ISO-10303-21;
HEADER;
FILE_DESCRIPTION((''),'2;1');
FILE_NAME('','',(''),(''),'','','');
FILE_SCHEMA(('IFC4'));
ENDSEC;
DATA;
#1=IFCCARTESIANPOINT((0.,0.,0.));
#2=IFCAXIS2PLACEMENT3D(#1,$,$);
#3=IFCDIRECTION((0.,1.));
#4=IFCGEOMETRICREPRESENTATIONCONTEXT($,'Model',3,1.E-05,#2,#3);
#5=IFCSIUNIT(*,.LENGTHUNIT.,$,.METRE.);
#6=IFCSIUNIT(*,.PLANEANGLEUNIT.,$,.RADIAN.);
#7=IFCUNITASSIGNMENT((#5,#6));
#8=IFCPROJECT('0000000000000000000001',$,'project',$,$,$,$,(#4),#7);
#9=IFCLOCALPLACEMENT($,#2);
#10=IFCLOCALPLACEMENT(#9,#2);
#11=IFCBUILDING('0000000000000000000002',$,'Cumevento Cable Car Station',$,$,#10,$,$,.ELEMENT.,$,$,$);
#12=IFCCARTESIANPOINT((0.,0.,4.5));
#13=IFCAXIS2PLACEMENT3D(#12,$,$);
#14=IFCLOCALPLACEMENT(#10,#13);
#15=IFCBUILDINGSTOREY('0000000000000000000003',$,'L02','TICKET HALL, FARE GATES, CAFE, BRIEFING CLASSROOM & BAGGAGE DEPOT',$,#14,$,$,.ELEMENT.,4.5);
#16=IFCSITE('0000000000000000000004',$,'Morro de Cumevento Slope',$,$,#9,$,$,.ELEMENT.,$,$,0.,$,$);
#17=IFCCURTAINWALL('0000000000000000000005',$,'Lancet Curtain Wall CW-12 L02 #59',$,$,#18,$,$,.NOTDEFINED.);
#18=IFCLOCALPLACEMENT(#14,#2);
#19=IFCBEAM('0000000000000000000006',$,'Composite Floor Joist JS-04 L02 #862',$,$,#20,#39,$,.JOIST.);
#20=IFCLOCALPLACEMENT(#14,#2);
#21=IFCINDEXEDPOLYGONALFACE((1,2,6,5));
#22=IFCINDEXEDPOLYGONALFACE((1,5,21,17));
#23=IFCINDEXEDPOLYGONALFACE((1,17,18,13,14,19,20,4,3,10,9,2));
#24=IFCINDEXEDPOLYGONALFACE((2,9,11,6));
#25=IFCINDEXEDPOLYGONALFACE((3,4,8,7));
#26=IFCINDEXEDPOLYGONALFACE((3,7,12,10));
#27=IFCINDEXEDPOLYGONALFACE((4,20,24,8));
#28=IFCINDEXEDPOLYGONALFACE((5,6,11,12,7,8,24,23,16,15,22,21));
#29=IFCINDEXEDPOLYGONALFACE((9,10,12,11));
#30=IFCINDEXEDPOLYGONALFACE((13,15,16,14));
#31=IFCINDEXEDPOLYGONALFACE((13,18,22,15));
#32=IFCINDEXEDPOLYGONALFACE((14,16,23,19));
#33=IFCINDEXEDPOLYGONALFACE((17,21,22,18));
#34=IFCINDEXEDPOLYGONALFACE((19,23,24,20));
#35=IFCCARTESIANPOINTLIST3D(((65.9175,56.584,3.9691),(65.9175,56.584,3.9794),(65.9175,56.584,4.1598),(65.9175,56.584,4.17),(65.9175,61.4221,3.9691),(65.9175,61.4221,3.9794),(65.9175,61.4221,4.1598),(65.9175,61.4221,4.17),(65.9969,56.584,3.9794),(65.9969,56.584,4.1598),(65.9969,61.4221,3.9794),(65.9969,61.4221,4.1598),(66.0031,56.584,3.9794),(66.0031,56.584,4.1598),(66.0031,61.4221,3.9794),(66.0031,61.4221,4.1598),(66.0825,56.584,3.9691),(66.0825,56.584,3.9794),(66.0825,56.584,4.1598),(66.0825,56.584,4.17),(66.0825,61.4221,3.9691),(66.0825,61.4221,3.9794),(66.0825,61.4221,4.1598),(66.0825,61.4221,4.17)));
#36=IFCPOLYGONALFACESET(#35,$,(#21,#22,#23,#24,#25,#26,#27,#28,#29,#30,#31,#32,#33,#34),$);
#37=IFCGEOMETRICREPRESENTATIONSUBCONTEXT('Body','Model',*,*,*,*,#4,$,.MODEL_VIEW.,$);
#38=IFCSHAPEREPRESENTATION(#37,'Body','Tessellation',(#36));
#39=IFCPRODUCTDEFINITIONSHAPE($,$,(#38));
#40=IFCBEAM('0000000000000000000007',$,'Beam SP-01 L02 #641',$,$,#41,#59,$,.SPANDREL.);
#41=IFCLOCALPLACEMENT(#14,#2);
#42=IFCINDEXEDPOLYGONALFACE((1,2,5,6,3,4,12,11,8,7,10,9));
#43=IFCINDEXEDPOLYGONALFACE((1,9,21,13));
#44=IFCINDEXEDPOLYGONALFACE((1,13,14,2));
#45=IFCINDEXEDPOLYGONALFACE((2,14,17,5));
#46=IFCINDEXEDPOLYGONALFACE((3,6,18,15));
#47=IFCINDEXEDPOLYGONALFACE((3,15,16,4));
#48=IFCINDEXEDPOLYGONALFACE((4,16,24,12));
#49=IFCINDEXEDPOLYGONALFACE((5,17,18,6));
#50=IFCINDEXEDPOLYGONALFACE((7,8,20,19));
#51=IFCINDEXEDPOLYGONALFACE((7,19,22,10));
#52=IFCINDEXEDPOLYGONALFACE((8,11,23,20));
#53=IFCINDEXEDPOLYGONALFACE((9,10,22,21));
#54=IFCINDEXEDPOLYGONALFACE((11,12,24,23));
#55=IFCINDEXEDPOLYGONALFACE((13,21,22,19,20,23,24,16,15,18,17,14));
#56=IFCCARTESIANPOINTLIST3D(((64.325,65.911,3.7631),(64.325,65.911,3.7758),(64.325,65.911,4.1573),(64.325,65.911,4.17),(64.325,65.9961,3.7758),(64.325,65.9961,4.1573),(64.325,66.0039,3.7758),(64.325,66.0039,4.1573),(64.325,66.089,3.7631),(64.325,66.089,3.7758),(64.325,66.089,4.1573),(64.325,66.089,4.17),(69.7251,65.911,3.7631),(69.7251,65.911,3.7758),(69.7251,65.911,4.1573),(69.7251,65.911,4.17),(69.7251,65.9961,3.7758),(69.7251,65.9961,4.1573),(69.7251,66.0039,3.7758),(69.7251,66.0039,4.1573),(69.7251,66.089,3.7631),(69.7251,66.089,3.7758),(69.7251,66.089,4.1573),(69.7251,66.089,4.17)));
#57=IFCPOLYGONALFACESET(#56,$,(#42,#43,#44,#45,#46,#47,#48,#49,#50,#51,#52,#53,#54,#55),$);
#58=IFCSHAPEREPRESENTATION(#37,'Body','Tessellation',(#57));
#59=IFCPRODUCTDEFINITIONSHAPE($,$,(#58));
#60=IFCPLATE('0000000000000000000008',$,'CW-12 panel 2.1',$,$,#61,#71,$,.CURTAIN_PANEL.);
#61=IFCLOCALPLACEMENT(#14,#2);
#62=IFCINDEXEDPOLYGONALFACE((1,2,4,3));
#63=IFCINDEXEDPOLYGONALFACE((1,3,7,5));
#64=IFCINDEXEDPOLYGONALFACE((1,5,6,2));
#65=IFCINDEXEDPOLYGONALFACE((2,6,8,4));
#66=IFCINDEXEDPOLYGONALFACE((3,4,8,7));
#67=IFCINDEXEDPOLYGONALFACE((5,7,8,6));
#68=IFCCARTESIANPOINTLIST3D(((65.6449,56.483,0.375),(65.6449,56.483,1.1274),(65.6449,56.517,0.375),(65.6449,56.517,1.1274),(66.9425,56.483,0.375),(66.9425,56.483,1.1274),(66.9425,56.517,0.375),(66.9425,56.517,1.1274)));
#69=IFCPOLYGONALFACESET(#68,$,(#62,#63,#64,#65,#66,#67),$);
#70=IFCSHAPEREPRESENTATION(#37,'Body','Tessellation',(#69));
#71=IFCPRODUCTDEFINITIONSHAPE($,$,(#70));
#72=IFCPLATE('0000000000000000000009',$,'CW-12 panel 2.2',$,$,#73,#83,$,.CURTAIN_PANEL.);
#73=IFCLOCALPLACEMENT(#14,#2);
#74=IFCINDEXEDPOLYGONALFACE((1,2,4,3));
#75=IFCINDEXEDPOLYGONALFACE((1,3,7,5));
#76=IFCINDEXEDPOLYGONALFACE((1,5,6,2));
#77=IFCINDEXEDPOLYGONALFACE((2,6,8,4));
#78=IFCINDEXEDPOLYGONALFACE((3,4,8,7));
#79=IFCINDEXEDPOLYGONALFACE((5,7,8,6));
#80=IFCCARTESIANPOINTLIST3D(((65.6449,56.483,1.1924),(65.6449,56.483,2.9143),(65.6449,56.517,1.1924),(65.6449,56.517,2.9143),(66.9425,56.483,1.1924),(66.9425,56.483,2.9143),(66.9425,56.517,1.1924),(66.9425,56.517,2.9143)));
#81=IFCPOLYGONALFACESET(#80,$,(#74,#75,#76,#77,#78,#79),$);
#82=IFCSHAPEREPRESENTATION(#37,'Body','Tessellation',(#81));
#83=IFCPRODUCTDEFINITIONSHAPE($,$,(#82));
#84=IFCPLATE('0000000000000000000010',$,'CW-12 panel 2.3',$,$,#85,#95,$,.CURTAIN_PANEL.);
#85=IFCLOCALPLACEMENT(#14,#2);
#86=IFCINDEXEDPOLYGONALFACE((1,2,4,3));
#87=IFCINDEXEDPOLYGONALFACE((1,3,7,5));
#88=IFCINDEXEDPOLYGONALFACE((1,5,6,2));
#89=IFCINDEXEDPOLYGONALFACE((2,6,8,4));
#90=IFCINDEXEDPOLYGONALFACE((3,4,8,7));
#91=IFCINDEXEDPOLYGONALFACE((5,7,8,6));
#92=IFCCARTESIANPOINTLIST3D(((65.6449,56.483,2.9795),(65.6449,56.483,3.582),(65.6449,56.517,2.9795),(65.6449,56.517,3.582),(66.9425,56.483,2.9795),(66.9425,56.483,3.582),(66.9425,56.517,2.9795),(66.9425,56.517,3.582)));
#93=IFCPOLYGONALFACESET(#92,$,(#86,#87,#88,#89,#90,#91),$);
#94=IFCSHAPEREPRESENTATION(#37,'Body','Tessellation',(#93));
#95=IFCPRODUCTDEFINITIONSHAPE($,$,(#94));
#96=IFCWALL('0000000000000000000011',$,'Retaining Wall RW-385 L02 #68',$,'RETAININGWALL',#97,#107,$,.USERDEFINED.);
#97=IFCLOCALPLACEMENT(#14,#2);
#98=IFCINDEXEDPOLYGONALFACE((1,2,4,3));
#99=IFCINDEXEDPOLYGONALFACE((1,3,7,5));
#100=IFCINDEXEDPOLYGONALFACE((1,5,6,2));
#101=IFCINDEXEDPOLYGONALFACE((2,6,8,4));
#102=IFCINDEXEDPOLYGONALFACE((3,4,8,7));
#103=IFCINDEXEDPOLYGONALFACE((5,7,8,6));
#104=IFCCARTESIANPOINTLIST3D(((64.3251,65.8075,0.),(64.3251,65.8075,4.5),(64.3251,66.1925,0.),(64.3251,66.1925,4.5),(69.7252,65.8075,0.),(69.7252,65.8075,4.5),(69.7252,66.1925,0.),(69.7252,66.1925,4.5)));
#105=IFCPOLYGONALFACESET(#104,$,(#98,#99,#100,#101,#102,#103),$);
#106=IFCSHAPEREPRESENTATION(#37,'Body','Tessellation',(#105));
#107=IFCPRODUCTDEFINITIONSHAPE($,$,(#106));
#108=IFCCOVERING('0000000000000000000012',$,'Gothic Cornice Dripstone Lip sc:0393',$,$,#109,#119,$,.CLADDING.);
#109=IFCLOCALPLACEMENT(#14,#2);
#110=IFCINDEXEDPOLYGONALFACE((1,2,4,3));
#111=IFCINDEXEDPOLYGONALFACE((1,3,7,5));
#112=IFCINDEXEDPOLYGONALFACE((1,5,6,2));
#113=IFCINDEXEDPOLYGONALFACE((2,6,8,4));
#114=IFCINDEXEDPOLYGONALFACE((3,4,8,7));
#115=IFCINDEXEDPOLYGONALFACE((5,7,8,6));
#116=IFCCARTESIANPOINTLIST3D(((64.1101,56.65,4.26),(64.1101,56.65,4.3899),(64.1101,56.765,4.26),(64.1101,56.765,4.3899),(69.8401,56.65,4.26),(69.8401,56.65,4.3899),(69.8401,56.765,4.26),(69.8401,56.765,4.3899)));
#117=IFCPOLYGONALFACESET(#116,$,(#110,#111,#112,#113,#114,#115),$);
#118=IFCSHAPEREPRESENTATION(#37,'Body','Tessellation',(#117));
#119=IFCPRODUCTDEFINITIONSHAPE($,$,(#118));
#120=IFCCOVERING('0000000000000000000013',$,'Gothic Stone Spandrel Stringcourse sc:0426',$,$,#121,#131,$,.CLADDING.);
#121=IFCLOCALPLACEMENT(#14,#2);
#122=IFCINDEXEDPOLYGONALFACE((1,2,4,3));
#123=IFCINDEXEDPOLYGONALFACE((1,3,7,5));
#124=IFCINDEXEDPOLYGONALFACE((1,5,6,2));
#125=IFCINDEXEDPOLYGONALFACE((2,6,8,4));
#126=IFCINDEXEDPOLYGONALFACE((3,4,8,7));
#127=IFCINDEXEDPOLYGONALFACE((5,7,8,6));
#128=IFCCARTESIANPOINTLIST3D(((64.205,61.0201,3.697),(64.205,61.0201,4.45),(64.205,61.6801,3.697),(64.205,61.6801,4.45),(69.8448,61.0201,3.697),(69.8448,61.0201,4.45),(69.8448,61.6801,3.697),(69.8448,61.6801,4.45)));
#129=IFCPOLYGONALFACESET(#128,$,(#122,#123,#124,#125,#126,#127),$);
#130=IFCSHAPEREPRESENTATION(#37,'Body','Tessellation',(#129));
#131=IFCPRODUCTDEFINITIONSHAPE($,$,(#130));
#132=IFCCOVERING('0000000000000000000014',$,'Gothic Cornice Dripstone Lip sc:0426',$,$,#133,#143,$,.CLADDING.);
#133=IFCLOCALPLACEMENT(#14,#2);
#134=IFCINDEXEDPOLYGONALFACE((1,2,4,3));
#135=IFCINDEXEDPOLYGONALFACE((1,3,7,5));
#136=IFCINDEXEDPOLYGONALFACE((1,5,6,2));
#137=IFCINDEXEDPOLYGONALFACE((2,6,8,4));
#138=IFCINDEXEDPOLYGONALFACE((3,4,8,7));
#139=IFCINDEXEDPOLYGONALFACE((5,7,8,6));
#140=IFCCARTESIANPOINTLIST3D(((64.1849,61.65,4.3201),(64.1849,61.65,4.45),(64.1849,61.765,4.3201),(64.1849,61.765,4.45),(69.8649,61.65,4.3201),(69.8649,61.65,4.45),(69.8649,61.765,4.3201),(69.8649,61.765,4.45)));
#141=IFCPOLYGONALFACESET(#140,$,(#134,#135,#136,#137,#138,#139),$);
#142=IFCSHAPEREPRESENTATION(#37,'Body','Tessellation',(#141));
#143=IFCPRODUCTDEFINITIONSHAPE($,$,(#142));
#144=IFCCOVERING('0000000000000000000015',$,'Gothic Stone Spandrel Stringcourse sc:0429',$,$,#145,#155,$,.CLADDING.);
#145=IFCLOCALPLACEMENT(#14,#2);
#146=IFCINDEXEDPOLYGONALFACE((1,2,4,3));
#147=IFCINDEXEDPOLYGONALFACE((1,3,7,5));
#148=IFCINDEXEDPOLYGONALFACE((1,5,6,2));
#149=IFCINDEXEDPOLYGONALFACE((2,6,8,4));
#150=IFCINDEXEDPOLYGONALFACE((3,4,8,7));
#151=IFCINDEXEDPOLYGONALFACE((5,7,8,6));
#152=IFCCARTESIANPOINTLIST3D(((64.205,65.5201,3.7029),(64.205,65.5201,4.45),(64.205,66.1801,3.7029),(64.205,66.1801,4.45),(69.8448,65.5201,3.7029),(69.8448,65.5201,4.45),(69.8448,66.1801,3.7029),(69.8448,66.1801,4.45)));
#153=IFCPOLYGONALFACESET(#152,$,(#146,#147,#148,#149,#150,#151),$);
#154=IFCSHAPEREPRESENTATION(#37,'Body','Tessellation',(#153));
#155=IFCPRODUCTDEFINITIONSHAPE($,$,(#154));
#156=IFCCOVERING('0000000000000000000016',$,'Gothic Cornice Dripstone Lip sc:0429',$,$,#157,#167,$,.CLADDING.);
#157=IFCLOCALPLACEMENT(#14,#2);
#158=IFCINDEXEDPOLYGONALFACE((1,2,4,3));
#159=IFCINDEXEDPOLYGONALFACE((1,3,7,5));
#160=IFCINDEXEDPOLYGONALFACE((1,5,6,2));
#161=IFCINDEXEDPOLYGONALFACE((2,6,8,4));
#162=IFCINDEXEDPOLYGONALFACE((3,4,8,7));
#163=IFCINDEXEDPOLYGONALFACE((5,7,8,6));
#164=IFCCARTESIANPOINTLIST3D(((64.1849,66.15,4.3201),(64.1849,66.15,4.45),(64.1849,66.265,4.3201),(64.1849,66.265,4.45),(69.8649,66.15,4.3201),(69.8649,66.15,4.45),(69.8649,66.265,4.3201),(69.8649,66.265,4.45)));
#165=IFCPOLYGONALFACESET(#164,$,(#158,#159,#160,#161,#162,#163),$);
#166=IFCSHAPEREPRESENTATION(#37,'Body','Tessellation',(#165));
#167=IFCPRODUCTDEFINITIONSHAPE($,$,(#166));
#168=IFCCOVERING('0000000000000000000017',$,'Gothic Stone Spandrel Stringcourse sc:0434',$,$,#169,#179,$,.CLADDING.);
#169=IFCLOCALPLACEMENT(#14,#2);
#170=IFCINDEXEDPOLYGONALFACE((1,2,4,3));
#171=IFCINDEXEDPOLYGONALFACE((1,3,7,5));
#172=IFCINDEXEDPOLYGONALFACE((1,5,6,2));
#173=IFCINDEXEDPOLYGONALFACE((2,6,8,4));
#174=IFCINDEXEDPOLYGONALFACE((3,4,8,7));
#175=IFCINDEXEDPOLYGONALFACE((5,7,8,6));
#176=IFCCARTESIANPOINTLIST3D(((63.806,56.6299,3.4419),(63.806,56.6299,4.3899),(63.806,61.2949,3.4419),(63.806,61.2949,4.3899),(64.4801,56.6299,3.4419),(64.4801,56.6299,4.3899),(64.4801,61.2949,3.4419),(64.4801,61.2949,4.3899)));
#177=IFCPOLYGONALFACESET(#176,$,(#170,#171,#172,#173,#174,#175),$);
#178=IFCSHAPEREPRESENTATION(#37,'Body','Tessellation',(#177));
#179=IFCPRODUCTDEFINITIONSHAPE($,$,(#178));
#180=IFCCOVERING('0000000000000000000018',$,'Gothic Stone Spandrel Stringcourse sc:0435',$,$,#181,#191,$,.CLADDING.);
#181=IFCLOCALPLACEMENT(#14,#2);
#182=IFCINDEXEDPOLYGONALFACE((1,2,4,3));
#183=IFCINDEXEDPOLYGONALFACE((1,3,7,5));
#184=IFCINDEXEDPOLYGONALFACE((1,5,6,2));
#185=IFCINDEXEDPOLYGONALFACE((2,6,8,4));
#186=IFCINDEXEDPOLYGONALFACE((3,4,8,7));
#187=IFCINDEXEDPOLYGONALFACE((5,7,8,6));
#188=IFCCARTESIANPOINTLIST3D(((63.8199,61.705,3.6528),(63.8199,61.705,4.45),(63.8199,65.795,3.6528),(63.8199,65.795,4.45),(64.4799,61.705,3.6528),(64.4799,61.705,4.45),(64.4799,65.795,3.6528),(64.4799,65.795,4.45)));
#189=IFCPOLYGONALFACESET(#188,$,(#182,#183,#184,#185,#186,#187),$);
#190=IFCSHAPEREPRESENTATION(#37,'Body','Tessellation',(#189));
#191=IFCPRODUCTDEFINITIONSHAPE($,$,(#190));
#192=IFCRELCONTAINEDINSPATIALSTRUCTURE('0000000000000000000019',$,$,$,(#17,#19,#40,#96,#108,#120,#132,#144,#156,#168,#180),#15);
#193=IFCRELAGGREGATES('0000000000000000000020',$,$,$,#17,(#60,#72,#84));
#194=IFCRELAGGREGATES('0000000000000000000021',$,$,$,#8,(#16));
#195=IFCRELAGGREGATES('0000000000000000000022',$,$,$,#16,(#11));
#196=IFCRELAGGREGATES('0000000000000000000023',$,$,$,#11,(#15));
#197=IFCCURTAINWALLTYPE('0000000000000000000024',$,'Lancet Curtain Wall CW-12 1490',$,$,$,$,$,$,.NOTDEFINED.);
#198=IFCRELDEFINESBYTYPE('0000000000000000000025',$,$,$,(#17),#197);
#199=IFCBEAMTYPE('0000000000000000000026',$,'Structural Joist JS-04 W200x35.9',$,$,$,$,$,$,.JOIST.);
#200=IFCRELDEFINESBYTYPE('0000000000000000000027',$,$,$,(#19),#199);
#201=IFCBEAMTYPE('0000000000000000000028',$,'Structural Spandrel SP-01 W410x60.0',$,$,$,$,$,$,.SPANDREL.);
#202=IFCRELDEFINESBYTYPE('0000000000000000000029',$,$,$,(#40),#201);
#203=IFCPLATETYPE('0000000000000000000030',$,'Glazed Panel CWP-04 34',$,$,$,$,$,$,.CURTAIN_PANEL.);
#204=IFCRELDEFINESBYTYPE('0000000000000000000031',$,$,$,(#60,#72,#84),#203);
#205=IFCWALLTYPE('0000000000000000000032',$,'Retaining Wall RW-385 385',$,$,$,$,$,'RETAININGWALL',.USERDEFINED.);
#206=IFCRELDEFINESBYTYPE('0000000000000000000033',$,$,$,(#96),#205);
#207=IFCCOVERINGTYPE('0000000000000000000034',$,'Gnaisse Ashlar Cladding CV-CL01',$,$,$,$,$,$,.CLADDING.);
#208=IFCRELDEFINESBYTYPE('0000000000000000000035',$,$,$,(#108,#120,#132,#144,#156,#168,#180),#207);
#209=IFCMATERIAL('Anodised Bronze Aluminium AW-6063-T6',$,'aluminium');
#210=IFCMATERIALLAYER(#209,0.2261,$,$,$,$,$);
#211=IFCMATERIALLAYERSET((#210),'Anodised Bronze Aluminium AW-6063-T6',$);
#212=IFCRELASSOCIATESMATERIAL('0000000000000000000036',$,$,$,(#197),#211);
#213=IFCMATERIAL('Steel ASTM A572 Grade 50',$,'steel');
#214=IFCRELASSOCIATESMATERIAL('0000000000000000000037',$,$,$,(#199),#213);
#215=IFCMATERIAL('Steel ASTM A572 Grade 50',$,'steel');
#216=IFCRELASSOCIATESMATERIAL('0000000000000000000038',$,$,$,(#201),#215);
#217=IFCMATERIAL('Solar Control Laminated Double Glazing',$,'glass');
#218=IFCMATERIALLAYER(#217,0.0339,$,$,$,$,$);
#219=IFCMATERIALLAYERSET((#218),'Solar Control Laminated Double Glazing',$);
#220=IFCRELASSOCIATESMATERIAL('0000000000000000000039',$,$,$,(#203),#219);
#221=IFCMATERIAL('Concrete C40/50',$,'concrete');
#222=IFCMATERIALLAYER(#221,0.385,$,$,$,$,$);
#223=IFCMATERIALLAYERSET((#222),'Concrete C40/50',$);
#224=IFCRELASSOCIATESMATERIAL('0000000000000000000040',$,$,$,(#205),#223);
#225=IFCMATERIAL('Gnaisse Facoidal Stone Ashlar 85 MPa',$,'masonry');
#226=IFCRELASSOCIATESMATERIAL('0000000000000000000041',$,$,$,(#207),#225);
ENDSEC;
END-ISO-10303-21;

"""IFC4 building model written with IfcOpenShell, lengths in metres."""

from ifc_helpers import new_model, si_unit, direction, frame, frame_2d, origin, origin_2d, place, context, subcontext, project, spatial, rectangle, i_section, extrude, material, layer, layer_set, material_profile, profile_set, type_object, element, aggregate, save


model = new_model("IFC4")

# Units and contexts
model_context = context("Model", 3, precision=1e-05, world=origin(), true_north=direction((0.0, 1.0)))
body_context = subcontext(model_context, "Body", "Model", "MODEL_VIEW")
ifc_project = project(units=[si_unit("LENGTHUNIT", "METRE"), si_unit("PLANEANGLEUNIT", "RADIAN")], contexts=[model_context])

# Site, building, storey
site_placement = place(None, origin())
site = spatial("IfcSite", under=ifc_project, at=site_placement, Name="Morro de Cumevento Slope", CompositionType="ELEMENT", RefElevation=0.0)
building_placement = place(site_placement, origin())
building = spatial("IfcBuilding", under=site, at=building_placement, Name="Cumevento Cable Car Station", CompositionType="ELEMENT")
storey_placement = place(building_placement, frame((0.0, 0.0, 4.5)))
storey = spatial("IfcBuildingStorey", under=building, at=storey_placement, Name="L02", Description="TICKET HALL, FARE GATES, CAFE, BRIEFING CLASSROOM & BAGGAGE DEPOT", CompositionType="ELEMENT", Elevation=4.5)

# Curtain wall
ifc_material_1 = material(Name="Anodised Bronze Aluminium AW-6063-T6", Category="aluminium")
ifc_layer_1 = layer(ifc_material_1, 0.2261)
ifc_layer_set_1 = layer_set([ifc_layer_1], Name="Anodised Bronze Aluminium AW-6063-T6")
curtain_wall_type = type_object("IfcCurtainWallType", Name="Lancet Curtain Wall CW-12 1490", PredefinedType="NOTDEFINED", material=ifc_layer_set_1)
curtain_wall_placement = place(storey_placement, origin())
curtain_wall = element("IfcCurtainWall", 1, at=curtain_wall_placement, inside=storey, type_object=curtain_wall_type, Name="Lancet Curtain Wall CW-12 L02 #59", PredefinedType="NOTDEFINED")

# Beams
ifc_material_2 = material(Name="Steel ASTM A572 Grade 50", Category="steel")
ifc_material_profile_1 = material_profile(ifc_material_2, i_section(OverallWidth=0.165, OverallDepth=0.2009, WebThickness=0.0061, FlangeThickness=0.0103, at=origin_2d()), Name="W200x35.9")
ifc_profile_set_1 = profile_set([ifc_material_profile_1], Name="Steel ASTM A572 Grade 50")
beam_type_1 = type_object("IfcBeamType", Name="Structural Joist JS-04 W200x35.9", PredefinedType="JOIST", material=ifc_profile_set_1)
beam_1_placement = place(storey_placement, frame((66.0, 56.584, 4.0696), z_axis=(0.0, 1.0, 0.0), x_axis=(-1.0, 0.0, 0.0)))
element("IfcBeam", 2, at=beam_1_placement, inside=storey, type_object=beam_type_1, Name="Composite Floor Joist JS-04 L02 #862", PredefinedType="JOIST", context=body_context, shape_type="SweptSolid", body=[
    extrude(i_section(OverallWidth=0.165, OverallDepth=0.2009, WebThickness=0.0061, FlangeThickness=0.0103, at=origin_2d()), origin(), (0.0, 0.0, 1.0), 4.8381),
])
ifc_material_3 = material(Name="Steel ASTM A572 Grade 50", Category="steel")
ifc_material_profile_2 = material_profile(ifc_material_3, i_section(OverallWidth=0.178, OverallDepth=0.407, WebThickness=0.0078, FlangeThickness=0.0127, at=origin_2d()), Name="W410x60.0")
ifc_profile_set_2 = profile_set([ifc_material_profile_2], Name="Steel ASTM A572 Grade 50")
beam_type_2 = type_object("IfcBeamType", Name="Structural Spandrel SP-01 W410x60.0", PredefinedType="SPANDREL", material=ifc_profile_set_2)
beam_2_placement = place(storey_placement, frame((64.325, 66.0, 3.9666), z_axis=(1.0, 0.0, 0.0), x_axis=(0.0, 1.0, 0.0)))
element("IfcBeam", 3, at=beam_2_placement, inside=storey, type_object=beam_type_2, Name="Beam SP-01 L02 #641", PredefinedType="SPANDREL", context=body_context, shape_type="SweptSolid", body=[
    extrude(i_section(OverallWidth=0.178, OverallDepth=0.407, WebThickness=0.0078, FlangeThickness=0.0127, at=origin_2d()), origin(), (0.0, 0.0, 1.0), 5.4001),
])

# Plates
ifc_material_4 = material(Name="Solar Control Laminated Double Glazing", Category="glass")
ifc_layer_2 = layer(ifc_material_4, 0.0339)
ifc_layer_set_2 = layer_set([ifc_layer_2], Name="Solar Control Laminated Double Glazing")
plate_type = type_object("IfcPlateType", Name="Glazed Panel CWP-04 34", PredefinedType="CURTAIN_PANEL", material=ifc_layer_set_2)
plate_1_placement = place(storey_placement, frame((66.2937, 56.5, 0.375), z_axis=(0.0, 0.0, 1.0), x_axis=(1.0, 0.0, 0.0)))
plate_1 = element("IfcPlate", 4, at=plate_1_placement, type_object=plate_type, Name="CW-12 panel 2.1", PredefinedType="CURTAIN_PANEL", context=body_context, shape_type="SweptSolid", body=[
    extrude(rectangle(XDim=1.2976, YDim=0.0339, at=origin_2d()), origin(), (0.0, 0.0, 1.0), 0.7524),
])
plate_2_placement = place(storey_placement, frame((66.2937, 56.5, 1.1924), z_axis=(0.0, 0.0, 1.0), x_axis=(1.0, 0.0, 0.0)))
plate_2 = element("IfcPlate", 5, at=plate_2_placement, type_object=plate_type, Name="CW-12 panel 2.2", PredefinedType="CURTAIN_PANEL", context=body_context, shape_type="SweptSolid", body=[
    extrude(rectangle(XDim=1.2976, YDim=0.0339, at=origin_2d()), origin(), (0.0, 0.0, 1.0), 1.7219),
])
plate_3_placement = place(storey_placement, frame((66.2937, 56.5, 2.9795), z_axis=(0.0, 0.0, 1.0), x_axis=(1.0, 0.0, 0.0)))
plate_3 = element("IfcPlate", 6, at=plate_3_placement, type_object=plate_type, Name="CW-12 panel 2.3", PredefinedType="CURTAIN_PANEL", context=body_context, shape_type="SweptSolid", body=[
    extrude(rectangle(XDim=1.2976, YDim=0.0339, at=origin_2d()), origin(), (0.0, 0.0, 1.0), 0.6025),
])
aggregate(curtain_wall, [plate_1, plate_2, plate_3])

# Wall
ifc_material_5 = material(Name="Concrete C40/50", Category="concrete")
ifc_layer_3 = layer(ifc_material_5, 0.385)
ifc_layer_set_3 = layer_set([ifc_layer_3], Name="Concrete C40/50")
wall_type = type_object("IfcWallType", Name="Retaining Wall RW-385 385", ElementType="RETAININGWALL", PredefinedType="USERDEFINED", material=ifc_layer_set_3)
wall_placement = place(storey_placement, frame((64.325, 66.0, 0.0), z_axis=(0.0, 0.0, 1.0), x_axis=(1.0, 0.0, 0.0)))
element("IfcWall", 7, at=wall_placement, inside=storey, type_object=wall_type, Name="Retaining Wall RW-385 L02 #68", ObjectType="RETAININGWALL", PredefinedType="USERDEFINED", context=body_context, shape_type="SweptSolid", body=[
    extrude(rectangle(XDim=5.4001, YDim=0.385, at=frame_2d((2.7002, 0.0))), origin(), (0.0, 0.0, 1.0), 4.5),
])

# Coverings
ifc_material_6 = material(Name="Gnaisse Facoidal Stone Ashlar 85 MPa", Category="masonry")
covering_type = type_object("IfcCoveringType", Name="Gnaisse Ashlar Cladding CV-CL01", PredefinedType="CLADDING", material=ifc_material_6)
covering_1_placement = place(storey_placement, frame((66.9751, 56.7075, 4.26), z_axis=(0.0, 0.0, 1.0), x_axis=(1.0, 0.0, 0.0)))
element("IfcCovering", 8, at=covering_1_placement, inside=storey, type_object=covering_type, Name="Gothic Cornice Dripstone Lip sc:0393", PredefinedType="CLADDING", context=body_context, shape_type="SweptSolid", body=[
    extrude(rectangle(XDim=5.73, YDim=0.115, at=origin_2d()), origin(), (0.0, 0.0, 1.0), 0.1299),
])
covering_2_placement = place(storey_placement, frame((67.0249, 61.3501, 3.697), z_axis=(0.0, 0.0, 1.0), x_axis=(1.0, 0.0, 0.0)))
element("IfcCovering", 9, at=covering_2_placement, inside=storey, type_object=covering_type, Name="Gothic Stone Spandrel Stringcourse sc:0426", PredefinedType="CLADDING", context=body_context, shape_type="SweptSolid", body=[
    extrude(rectangle(XDim=5.6399, YDim=0.6599, at=origin_2d()), origin(), (0.0, 0.0, 1.0), 0.7529),
])
covering_3_placement = place(storey_placement, frame((67.0249, 61.7075, 4.3201), z_axis=(0.0, 0.0, 1.0), x_axis=(1.0, 0.0, 0.0)))
element("IfcCovering", 10, at=covering_3_placement, inside=storey, type_object=covering_type, Name="Gothic Cornice Dripstone Lip sc:0426", PredefinedType="CLADDING", context=body_context, shape_type="SweptSolid", body=[
    extrude(rectangle(XDim=5.6799, YDim=0.115, at=origin_2d()), origin(), (0.0, 0.0, 1.0), 0.1299),
])
covering_4_placement = place(storey_placement, frame((67.0249, 65.8501, 3.7029), z_axis=(0.0, 0.0, 1.0), x_axis=(1.0, 0.0, 0.0)))
element("IfcCovering", 11, at=covering_4_placement, inside=storey, type_object=covering_type, Name="Gothic Stone Spandrel Stringcourse sc:0429", PredefinedType="CLADDING", context=body_context, shape_type="SweptSolid", body=[
    extrude(rectangle(XDim=5.6399, YDim=0.6599, at=origin_2d()), origin(), (0.0, 0.0, 1.0), 0.7471),
])
covering_5_placement = place(storey_placement, frame((67.0249, 66.2075, 4.3201), z_axis=(0.0, 0.0, 1.0), x_axis=(1.0, 0.0, 0.0)))
element("IfcCovering", 12, at=covering_5_placement, inside=storey, type_object=covering_type, Name="Gothic Cornice Dripstone Lip sc:0429", PredefinedType="CLADDING", context=body_context, shape_type="SweptSolid", body=[
    extrude(rectangle(XDim=5.6799, YDim=0.115, at=origin_2d()), origin(), (0.0, 0.0, 1.0), 0.1299),
])
covering_6_placement = place(storey_placement, frame((64.1431, 58.9624, 3.4419), z_axis=(0.0, 0.0, 1.0), x_axis=(0.0, 1.0, 0.0)))
element("IfcCovering", 13, at=covering_6_placement, inside=storey, type_object=covering_type, Name="Gothic Stone Spandrel Stringcourse sc:0434", PredefinedType="CLADDING", context=body_context, shape_type="SweptSolid", body=[
    extrude(rectangle(XDim=4.665, YDim=0.6741, at=origin_2d()), origin(), (0.0, 0.0, 1.0), 0.948),
])
covering_7_placement = place(storey_placement, frame((64.1499, 63.75, 3.6528), z_axis=(0.0, 0.0, 1.0), x_axis=(0.0, 1.0, 0.0)))
element("IfcCovering", 14, at=covering_7_placement, inside=storey, type_object=covering_type, Name="Gothic Stone Spandrel Stringcourse sc:0435", PredefinedType="CLADDING", context=body_context, shape_type="SweptSolid", body=[
    extrude(rectangle(XDim=4.0901, YDim=0.6599, at=origin_2d()), origin(), (0.0, 0.0, 1.0), 0.7971),
])

save(model, "model.ifc")
